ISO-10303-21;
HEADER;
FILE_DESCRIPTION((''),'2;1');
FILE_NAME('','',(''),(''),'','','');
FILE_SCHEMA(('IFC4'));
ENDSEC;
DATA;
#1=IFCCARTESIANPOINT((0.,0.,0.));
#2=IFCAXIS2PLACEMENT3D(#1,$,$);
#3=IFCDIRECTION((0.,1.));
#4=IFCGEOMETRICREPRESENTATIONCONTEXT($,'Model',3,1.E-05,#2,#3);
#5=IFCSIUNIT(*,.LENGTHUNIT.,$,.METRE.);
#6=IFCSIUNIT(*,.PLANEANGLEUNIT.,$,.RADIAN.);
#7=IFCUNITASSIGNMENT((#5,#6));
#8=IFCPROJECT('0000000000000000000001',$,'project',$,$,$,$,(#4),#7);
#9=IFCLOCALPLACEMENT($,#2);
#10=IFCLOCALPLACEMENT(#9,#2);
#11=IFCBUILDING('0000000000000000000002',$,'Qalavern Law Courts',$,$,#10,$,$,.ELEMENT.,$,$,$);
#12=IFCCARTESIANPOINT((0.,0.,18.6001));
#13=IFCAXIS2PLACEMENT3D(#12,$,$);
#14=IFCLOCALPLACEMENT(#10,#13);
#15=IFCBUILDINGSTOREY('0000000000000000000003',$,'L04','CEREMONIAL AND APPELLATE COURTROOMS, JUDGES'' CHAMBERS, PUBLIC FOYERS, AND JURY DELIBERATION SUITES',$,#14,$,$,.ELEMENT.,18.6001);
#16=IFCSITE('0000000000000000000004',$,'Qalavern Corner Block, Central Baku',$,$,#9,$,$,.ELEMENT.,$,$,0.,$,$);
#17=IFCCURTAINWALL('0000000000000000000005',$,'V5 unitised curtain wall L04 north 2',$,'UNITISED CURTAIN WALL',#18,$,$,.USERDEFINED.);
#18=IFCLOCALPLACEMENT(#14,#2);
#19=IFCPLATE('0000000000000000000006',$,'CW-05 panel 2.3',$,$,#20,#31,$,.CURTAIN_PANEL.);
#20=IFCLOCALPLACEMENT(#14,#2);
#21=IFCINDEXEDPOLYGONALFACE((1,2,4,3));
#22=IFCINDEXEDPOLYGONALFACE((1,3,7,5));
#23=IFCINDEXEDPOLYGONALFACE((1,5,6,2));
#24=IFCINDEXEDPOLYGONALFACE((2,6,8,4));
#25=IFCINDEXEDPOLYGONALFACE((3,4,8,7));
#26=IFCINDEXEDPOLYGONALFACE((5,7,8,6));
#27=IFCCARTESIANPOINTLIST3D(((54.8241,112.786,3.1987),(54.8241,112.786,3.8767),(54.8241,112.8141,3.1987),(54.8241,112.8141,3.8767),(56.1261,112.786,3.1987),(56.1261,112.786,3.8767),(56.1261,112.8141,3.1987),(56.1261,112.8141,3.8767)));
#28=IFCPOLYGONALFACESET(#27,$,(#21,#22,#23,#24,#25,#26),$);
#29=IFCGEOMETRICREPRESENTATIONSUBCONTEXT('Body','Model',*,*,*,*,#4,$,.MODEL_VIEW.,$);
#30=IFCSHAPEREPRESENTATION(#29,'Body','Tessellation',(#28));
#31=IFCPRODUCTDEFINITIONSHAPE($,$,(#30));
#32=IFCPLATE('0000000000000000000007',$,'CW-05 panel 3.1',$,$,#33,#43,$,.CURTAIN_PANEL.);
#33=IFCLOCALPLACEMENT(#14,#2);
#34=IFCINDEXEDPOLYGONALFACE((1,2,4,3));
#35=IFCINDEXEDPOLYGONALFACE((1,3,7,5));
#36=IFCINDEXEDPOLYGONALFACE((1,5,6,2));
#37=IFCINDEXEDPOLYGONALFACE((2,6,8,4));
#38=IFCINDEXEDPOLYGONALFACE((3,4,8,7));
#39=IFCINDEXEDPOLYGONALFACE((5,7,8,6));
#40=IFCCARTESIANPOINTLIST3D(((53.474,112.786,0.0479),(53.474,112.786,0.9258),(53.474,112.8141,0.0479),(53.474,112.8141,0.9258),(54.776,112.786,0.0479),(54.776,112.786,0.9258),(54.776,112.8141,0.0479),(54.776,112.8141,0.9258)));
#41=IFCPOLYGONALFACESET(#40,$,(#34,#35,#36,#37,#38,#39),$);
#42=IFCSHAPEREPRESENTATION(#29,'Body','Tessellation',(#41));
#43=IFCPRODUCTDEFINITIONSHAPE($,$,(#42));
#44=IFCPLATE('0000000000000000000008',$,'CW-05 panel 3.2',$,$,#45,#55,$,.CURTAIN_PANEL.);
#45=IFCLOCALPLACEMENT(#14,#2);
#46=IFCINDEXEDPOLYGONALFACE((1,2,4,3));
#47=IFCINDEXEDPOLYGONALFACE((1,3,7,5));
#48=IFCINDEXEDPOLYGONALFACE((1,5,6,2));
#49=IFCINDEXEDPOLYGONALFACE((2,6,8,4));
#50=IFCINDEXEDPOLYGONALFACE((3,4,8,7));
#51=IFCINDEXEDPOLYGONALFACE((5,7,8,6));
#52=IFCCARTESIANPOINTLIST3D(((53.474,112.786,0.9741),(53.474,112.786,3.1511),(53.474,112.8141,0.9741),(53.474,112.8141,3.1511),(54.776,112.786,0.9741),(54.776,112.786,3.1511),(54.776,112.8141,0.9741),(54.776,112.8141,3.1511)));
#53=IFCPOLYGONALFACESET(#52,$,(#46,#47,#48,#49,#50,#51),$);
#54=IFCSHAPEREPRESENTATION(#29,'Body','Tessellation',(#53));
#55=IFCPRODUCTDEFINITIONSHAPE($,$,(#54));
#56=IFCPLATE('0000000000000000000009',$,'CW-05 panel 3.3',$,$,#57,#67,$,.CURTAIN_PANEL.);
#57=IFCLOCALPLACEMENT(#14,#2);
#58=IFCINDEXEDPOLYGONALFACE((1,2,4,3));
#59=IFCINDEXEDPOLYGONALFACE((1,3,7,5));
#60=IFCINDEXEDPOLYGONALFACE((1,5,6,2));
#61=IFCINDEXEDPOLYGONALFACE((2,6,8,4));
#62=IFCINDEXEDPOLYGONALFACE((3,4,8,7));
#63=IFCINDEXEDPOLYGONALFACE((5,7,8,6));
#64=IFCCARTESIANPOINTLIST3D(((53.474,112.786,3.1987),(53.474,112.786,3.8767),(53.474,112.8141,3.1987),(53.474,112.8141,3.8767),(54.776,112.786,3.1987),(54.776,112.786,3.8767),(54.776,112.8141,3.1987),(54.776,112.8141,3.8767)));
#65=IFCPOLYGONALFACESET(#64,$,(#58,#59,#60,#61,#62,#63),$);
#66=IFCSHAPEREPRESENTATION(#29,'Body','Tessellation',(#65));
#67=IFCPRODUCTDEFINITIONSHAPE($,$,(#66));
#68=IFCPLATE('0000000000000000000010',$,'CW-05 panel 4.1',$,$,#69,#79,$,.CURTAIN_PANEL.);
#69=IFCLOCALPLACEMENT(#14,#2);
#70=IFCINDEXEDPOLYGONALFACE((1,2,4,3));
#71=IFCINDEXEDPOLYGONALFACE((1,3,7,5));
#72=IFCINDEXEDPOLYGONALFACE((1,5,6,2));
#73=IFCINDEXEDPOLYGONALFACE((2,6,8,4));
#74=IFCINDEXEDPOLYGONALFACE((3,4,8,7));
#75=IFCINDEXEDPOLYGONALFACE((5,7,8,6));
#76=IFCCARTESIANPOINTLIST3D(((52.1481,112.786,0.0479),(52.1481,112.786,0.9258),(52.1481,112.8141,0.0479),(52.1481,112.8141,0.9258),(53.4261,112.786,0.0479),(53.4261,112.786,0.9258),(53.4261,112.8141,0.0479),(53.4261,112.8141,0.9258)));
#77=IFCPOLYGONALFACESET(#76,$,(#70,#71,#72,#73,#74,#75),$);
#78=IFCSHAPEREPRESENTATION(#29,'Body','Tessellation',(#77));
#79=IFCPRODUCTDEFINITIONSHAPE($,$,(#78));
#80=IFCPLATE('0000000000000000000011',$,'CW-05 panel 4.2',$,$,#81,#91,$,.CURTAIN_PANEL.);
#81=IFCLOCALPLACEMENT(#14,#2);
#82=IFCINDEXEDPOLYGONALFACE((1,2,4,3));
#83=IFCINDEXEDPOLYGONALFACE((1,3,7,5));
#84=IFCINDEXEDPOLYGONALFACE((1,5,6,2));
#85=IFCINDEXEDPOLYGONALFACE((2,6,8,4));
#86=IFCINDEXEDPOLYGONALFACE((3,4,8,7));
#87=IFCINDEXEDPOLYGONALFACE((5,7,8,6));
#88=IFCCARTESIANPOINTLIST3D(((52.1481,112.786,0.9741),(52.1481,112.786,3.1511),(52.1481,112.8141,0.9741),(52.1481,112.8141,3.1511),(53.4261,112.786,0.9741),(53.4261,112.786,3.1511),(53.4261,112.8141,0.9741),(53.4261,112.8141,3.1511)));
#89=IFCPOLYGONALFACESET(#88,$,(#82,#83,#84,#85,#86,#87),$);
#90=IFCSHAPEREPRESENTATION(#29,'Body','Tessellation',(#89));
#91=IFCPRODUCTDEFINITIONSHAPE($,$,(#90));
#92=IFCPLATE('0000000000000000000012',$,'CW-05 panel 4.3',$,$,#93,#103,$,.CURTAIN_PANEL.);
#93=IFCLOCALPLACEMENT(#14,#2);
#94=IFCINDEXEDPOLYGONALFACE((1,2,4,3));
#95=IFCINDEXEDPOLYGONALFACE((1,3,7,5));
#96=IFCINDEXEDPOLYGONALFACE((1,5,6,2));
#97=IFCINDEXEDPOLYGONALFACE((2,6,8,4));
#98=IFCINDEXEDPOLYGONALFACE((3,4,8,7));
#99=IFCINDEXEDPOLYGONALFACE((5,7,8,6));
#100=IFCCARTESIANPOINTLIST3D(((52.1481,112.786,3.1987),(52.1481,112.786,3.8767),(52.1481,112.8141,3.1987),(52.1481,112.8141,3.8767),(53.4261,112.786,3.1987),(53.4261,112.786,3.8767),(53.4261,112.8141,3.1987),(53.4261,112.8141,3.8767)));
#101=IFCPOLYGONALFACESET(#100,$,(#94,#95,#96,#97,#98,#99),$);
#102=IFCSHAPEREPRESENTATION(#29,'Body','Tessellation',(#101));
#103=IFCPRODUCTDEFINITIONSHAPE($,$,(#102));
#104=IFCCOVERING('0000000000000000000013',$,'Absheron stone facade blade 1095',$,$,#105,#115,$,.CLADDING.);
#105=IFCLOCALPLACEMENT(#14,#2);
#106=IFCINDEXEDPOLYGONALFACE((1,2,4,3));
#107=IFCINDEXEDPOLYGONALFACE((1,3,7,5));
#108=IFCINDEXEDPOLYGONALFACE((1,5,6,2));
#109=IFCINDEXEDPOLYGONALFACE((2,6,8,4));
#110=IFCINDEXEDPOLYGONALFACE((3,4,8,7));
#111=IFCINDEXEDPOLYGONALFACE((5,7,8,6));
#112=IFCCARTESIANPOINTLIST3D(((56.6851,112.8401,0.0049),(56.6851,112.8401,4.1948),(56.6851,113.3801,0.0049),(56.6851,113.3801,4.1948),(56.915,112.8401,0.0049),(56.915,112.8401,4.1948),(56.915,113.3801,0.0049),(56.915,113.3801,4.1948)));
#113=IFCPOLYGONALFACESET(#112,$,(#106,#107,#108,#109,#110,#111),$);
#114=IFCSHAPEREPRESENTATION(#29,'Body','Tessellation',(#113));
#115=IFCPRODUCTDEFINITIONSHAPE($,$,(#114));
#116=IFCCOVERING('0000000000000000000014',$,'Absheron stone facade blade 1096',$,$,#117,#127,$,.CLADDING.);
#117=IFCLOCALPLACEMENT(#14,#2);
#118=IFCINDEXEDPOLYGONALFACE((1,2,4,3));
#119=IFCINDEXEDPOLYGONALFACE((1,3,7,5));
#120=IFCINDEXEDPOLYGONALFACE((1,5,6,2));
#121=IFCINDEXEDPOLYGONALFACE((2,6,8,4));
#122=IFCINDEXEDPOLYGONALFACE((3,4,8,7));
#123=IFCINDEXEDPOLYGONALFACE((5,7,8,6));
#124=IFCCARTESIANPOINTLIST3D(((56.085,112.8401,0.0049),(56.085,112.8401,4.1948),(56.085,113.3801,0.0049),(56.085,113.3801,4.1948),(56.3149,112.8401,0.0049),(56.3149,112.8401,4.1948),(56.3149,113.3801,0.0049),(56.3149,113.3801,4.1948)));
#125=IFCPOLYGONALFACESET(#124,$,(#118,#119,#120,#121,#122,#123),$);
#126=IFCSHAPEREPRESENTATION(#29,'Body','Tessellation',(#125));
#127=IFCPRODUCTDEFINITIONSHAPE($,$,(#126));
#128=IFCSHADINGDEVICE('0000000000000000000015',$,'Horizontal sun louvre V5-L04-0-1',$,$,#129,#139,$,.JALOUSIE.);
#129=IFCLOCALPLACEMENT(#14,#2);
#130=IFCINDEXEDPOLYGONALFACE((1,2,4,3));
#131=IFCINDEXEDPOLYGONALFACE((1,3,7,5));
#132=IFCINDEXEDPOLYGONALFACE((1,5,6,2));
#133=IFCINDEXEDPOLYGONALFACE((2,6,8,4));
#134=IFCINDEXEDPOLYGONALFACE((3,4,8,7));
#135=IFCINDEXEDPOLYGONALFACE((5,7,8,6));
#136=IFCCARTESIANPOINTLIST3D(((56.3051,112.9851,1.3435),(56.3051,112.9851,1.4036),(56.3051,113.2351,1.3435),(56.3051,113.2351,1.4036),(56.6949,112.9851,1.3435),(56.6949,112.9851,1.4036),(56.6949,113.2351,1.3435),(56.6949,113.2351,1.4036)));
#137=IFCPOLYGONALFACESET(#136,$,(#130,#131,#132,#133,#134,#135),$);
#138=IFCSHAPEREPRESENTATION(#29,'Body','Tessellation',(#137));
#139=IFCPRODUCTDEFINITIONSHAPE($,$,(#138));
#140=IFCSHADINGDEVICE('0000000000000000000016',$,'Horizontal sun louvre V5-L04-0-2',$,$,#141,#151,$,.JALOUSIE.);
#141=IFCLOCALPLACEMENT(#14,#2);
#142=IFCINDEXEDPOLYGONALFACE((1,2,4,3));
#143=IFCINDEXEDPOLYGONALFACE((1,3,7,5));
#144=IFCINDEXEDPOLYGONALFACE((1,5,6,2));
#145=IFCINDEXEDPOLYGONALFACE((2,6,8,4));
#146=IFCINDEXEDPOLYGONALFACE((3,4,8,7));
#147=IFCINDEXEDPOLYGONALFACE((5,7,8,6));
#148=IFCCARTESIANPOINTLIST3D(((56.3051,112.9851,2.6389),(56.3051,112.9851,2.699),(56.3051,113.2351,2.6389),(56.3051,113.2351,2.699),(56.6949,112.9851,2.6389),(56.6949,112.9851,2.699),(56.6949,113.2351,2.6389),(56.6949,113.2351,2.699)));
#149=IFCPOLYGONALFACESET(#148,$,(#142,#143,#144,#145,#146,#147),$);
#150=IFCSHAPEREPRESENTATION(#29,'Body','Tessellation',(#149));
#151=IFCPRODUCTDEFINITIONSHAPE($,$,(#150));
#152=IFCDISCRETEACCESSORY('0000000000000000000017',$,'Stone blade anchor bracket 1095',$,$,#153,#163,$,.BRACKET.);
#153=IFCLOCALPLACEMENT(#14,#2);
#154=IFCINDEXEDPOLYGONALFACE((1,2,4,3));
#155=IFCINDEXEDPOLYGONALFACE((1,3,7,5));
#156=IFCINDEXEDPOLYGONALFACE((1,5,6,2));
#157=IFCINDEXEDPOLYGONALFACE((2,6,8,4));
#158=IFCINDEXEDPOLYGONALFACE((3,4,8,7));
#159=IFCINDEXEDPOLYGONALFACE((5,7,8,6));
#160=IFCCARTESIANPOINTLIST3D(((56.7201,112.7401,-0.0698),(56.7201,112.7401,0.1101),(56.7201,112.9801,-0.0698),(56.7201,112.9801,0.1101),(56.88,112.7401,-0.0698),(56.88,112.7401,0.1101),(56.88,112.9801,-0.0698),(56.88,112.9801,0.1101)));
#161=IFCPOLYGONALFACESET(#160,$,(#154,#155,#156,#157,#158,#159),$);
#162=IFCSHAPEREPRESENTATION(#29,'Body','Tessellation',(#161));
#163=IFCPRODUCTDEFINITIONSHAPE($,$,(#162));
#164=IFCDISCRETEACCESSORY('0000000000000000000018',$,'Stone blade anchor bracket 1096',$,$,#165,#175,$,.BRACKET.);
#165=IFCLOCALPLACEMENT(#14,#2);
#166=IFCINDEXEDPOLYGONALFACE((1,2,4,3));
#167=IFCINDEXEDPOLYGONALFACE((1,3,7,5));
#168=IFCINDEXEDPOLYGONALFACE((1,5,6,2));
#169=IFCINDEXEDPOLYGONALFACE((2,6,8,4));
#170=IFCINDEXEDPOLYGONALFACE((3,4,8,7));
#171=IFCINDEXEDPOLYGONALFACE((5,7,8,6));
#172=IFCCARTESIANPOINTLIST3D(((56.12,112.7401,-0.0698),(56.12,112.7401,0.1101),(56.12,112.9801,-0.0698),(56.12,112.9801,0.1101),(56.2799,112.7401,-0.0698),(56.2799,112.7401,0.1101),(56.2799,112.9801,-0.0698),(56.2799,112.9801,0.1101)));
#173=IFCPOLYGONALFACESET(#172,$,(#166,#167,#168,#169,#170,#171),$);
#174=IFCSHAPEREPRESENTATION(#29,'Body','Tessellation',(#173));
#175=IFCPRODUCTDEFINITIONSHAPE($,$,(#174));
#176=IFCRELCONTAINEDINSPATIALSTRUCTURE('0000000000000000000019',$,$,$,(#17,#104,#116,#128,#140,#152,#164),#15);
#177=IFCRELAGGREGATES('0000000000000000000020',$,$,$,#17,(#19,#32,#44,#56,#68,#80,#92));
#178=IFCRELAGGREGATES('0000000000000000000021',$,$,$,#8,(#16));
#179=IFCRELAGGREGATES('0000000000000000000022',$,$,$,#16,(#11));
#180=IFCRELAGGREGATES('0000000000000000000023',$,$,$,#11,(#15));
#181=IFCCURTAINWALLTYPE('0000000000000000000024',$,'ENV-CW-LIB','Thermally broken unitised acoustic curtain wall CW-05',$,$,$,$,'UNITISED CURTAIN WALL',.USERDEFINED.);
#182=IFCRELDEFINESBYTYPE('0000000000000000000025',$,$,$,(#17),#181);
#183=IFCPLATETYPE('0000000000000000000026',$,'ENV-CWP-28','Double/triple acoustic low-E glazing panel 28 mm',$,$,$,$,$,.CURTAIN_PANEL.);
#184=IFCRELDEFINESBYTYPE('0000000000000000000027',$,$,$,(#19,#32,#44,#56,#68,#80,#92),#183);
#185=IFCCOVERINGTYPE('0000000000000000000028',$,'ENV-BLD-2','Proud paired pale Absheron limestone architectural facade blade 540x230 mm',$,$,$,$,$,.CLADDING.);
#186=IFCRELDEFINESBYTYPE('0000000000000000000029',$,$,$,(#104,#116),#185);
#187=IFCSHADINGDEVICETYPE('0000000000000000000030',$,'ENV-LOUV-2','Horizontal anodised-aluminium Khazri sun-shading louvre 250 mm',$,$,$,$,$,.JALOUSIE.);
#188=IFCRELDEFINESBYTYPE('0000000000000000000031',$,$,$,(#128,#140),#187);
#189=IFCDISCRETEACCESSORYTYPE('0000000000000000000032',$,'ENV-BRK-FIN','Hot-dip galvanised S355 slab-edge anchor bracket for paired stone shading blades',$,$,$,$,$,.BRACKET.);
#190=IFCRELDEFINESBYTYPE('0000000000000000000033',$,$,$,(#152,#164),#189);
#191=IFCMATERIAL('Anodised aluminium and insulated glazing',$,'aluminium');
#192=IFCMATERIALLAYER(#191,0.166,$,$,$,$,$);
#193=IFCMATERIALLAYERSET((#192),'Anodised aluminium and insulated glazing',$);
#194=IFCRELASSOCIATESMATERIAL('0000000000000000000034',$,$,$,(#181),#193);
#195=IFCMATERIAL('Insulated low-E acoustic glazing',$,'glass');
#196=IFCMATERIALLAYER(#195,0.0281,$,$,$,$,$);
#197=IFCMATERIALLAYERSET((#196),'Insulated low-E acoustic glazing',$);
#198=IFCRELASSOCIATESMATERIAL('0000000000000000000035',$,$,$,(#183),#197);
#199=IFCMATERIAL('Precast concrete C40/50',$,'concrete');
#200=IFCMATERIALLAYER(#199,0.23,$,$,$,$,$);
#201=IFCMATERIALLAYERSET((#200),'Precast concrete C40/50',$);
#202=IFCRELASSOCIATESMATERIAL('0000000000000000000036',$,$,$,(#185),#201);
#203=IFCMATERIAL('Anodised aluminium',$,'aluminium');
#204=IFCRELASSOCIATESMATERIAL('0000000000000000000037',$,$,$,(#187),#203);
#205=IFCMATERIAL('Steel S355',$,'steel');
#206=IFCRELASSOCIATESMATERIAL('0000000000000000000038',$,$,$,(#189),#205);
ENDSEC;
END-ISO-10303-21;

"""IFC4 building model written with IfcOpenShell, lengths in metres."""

from ifc_helpers import new_model, si_unit, direction, frame, origin, origin_2d, place, context, subcontext, project, spatial, rectangle, extrude, material, layer, layer_set, type_object, element, aggregate, save


model = new_model("IFC4")

# Units and contexts
model_context = context("Model", 3, precision=1e-05, world=origin(), true_north=direction((0.0, 1.0)))
body_context = subcontext(model_context, "Body", "Model", "MODEL_VIEW")
ifc_project = project(units=[si_unit("LENGTHUNIT", "METRE"), si_unit("PLANEANGLEUNIT", "RADIAN")], contexts=[model_context])

# Site, building, storey
site_placement = place(None, origin())
site = spatial("IfcSite", under=ifc_project, at=site_placement, Name="Qalavern Corner Block, Central Baku", CompositionType="ELEMENT", RefElevation=0.0)
building_placement = place(site_placement, origin())
building = spatial("IfcBuilding", under=site, at=building_placement, Name="Qalavern Law Courts", CompositionType="ELEMENT")
storey_placement = place(building_placement, frame((0.0, 0.0, 18.6001)))
storey = spatial("IfcBuildingStorey", under=building, at=storey_placement, Name="L04", Description="CEREMONIAL AND APPELLATE COURTROOMS, JUDGES' CHAMBERS, PUBLIC FOYERS, AND JURY DELIBERATION SUITES", CompositionType="ELEMENT", Elevation=18.6001)

# Curtain wall, plates
ifc_material_1 = material(Name="Anodised aluminium and insulated glazing", Category="aluminium")
ifc_layer_1 = layer(ifc_material_1, 0.166)
ifc_layer_set_1 = layer_set([ifc_layer_1], Name="Anodised aluminium and insulated glazing")
curtain_wall_type = type_object("IfcCurtainWallType", Name="ENV-CW-LIB", Description="Thermally broken unitised acoustic curtain wall CW-05", ElementType="UNITISED CURTAIN WALL", PredefinedType="USERDEFINED", material=ifc_layer_set_1)
curtain_wall_placement = place(storey_placement, origin())
curtain_wall = element("IfcCurtainWall", 1, at=curtain_wall_placement, inside=storey, type_object=curtain_wall_type, Name="V5 unitised curtain wall L04 north 2", ObjectType="UNITISED CURTAIN WALL", PredefinedType="USERDEFINED")
ifc_material_2 = material(Name="Anodised aluminium", Category="aluminium")
ifc_material_3 = material(Name="Insulated low-E acoustic glazing", Category="glass")
ifc_layer_2 = layer(ifc_material_3, 0.0281)
ifc_layer_set_2 = layer_set([ifc_layer_2], Name="Insulated low-E acoustic glazing")
plate_type = type_object("IfcPlateType", Name="ENV-CWP-28", Description="Double/triple acoustic low-E glazing panel 28 mm", PredefinedType="CURTAIN_PANEL", material=ifc_layer_set_2)
plate_1_placement = place(storey_placement, frame((55.4751, 112.8, 3.1987), z_axis=(0.0, 0.0, 1.0), x_axis=(-1.0, 0.0, 0.0)))
plate_1 = element("IfcPlate", 2, at=plate_1_placement, type_object=plate_type, Name="CW-05 panel 2.3", PredefinedType="CURTAIN_PANEL", context=body_context, shape_type="SweptSolid", body=[
    extrude(rectangle(XDim=1.302, YDim=0.0281, at=origin_2d()), origin(), (0.0, 0.0, 1.0), 0.678),
])
plate_2_placement = place(storey_placement, frame((54.125, 112.8, 0.0479), z_axis=(0.0, 0.0, 1.0), x_axis=(-1.0, 0.0, 0.0)))
plate_2 = element("IfcPlate", 3, at=plate_2_placement, type_object=plate_type, Name="CW-05 panel 3.1", PredefinedType="CURTAIN_PANEL", context=body_context, shape_type="SweptSolid", body=[
    extrude(rectangle(XDim=1.302, YDim=0.0281, at=origin_2d()), origin(), (0.0, 0.0, 1.0), 0.8779),
])
plate_3_placement = place(storey_placement, frame((54.125, 112.8, 0.9741), z_axis=(0.0, 0.0, 1.0), x_axis=(-1.0, 0.0, 0.0)))
plate_3 = element("IfcPlate", 4, at=plate_3_placement, type_object=plate_type, Name="CW-05 panel 3.2", PredefinedType="CURTAIN_PANEL", context=body_context, shape_type="SweptSolid", body=[
    extrude(rectangle(XDim=1.302, YDim=0.0281, at=origin_2d()), origin(), (0.0, 0.0, 1.0), 2.177),
])
plate_4_placement = place(storey_placement, frame((54.125, 112.8, 3.1987), z_axis=(0.0, 0.0, 1.0), x_axis=(-1.0, 0.0, 0.0)))
plate_4 = element("IfcPlate", 5, at=plate_4_placement, type_object=plate_type, Name="CW-05 panel 3.3", PredefinedType="CURTAIN_PANEL", context=body_context, shape_type="SweptSolid", body=[
    extrude(rectangle(XDim=1.302, YDim=0.0281, at=origin_2d()), origin(), (0.0, 0.0, 1.0), 0.678),
])
plate_5_placement = place(storey_placement, frame((52.7871, 112.8, 0.0479), z_axis=(0.0, 0.0, 1.0), x_axis=(-1.0, 0.0, 0.0)))
plate_5 = element("IfcPlate", 6, at=plate_5_placement, type_object=plate_type, Name="CW-05 panel 4.1", PredefinedType="CURTAIN_PANEL", context=body_context, shape_type="SweptSolid", body=[
    extrude(rectangle(XDim=1.2781, YDim=0.0281, at=origin_2d()), origin(), (0.0, 0.0, 1.0), 0.8779),
])
plate_6_placement = place(storey_placement, frame((52.7871, 112.8, 0.9741), z_axis=(0.0, 0.0, 1.0), x_axis=(-1.0, 0.0, 0.0)))
plate_6 = element("IfcPlate", 7, at=plate_6_placement, type_object=plate_type, Name="CW-05 panel 4.2", PredefinedType="CURTAIN_PANEL", context=body_context, shape_type="SweptSolid", body=[
    extrude(rectangle(XDim=1.2781, YDim=0.0281, at=origin_2d()), origin(), (0.0, 0.0, 1.0), 2.177),
])
plate_7_placement = place(storey_placement, frame((52.7871, 112.8, 3.1987), z_axis=(0.0, 0.0, 1.0), x_axis=(-1.0, 0.0, 0.0)))
plate_7 = element("IfcPlate", 8, at=plate_7_placement, type_object=plate_type, Name="CW-05 panel 4.3", PredefinedType="CURTAIN_PANEL", context=body_context, shape_type="SweptSolid", body=[
    extrude(rectangle(XDim=1.2781, YDim=0.0281, at=origin_2d()), origin(), (0.0, 0.0, 1.0), 0.678),
])
aggregate(curtain_wall, [plate_1, plate_2, plate_3, plate_4, plate_5, plate_6, plate_7])

# Coverings
ifc_material_4 = material(Name="Precast concrete C40/50", Category="concrete")
ifc_layer_3 = layer(ifc_material_4, 0.23)
ifc_layer_set_3 = layer_set([ifc_layer_3], Name="Precast concrete C40/50")
covering_type = type_object("IfcCoveringType", Name="ENV-BLD-2", Description="Proud paired pale Absheron limestone architectural facade blade 540x230 mm", PredefinedType="CLADDING", material=ifc_layer_set_3)
for number, where, z_axis, x_axis, name in (
    (9, (56.8, 113.1101, 0.0049), (0.0, 0.0, 1.0), (0.0, 1.0, 0.0), "Absheron stone facade blade 1095"),
    (10, (56.2, 113.1101, 0.0049), (0.0, 0.0, 1.0), (0.0, 1.0, 0.0), "Absheron stone facade blade 1096"),
):
    element("IfcCovering", number, at=place(storey_placement, frame(where, z_axis=z_axis, x_axis=x_axis)), inside=storey, type_object=covering_type, Name=name, PredefinedType="CLADDING", context=body_context, shape_type="SweptSolid", body=[
        extrude(rectangle(XDim=0.54, YDim=0.23, at=origin_2d()), origin(), (0.0, 0.0, 1.0), 4.1899),
    ])

# Shading devices
shading_device_type = type_object("IfcShadingDeviceType", Name="ENV-LOUV-2", Description="Horizontal anodised-aluminium Khazri sun-shading louvre 250 mm", PredefinedType="JALOUSIE", material=ifc_material_2)
for number, where, z_axis, x_axis, name in (
    (11, (56.5, 113.1101, 1.3435), (0.0, 0.0, 1.0), (-1.0, 0.0, 0.0), "Horizontal sun louvre V5-L04-0-1"),
    (12, (56.5, 113.1101, 2.6389), (0.0, 0.0, 1.0), (-1.0, 0.0, 0.0), "Horizontal sun louvre V5-L04-0-2"),
):
    element("IfcShadingDevice", number, at=place(storey_placement, frame(where, z_axis=z_axis, x_axis=x_axis)), inside=storey, type_object=shading_device_type, Name=name, PredefinedType="JALOUSIE", context=body_context, shape_type="SweptSolid", body=[
        extrude(rectangle(XDim=0.3899, YDim=0.25, at=origin_2d()), origin(), (0.0, 0.0, 1.0), 0.0601),
    ])

# Discrete accessories
ifc_material_5 = material(Name="Steel S355", Category="steel")
discrete_accessory_type = type_object("IfcDiscreteAccessoryType", Name="ENV-BRK-FIN", Description="Hot-dip galvanised S355 slab-edge anchor bracket for paired stone shading blades", PredefinedType="BRACKET", material=ifc_material_5)
for number, where, z_axis, x_axis, name in (
    (13, (56.8, 112.8601, -0.0698), (0.0, 0.0, 1.0), (0.0, 1.0, 0.0), "Stone blade anchor bracket 1095"),
    (14, (56.2, 112.8601, -0.0698), (0.0, 0.0, 1.0), (0.0, 1.0, 0.0), "Stone blade anchor bracket 1096"),
):
    element("IfcDiscreteAccessory", number, at=place(storey_placement, frame(where, z_axis=z_axis, x_axis=x_axis)), inside=storey, type_object=discrete_accessory_type, Name=name, PredefinedType="BRACKET", context=body_context, shape_type="SweptSolid", body=[
        extrude(rectangle(XDim=0.24, YDim=0.1599, at=origin_2d()), origin(), (0.0, 0.0, 1.0), 0.1799),
    ])

save(model, "model.ifc")
